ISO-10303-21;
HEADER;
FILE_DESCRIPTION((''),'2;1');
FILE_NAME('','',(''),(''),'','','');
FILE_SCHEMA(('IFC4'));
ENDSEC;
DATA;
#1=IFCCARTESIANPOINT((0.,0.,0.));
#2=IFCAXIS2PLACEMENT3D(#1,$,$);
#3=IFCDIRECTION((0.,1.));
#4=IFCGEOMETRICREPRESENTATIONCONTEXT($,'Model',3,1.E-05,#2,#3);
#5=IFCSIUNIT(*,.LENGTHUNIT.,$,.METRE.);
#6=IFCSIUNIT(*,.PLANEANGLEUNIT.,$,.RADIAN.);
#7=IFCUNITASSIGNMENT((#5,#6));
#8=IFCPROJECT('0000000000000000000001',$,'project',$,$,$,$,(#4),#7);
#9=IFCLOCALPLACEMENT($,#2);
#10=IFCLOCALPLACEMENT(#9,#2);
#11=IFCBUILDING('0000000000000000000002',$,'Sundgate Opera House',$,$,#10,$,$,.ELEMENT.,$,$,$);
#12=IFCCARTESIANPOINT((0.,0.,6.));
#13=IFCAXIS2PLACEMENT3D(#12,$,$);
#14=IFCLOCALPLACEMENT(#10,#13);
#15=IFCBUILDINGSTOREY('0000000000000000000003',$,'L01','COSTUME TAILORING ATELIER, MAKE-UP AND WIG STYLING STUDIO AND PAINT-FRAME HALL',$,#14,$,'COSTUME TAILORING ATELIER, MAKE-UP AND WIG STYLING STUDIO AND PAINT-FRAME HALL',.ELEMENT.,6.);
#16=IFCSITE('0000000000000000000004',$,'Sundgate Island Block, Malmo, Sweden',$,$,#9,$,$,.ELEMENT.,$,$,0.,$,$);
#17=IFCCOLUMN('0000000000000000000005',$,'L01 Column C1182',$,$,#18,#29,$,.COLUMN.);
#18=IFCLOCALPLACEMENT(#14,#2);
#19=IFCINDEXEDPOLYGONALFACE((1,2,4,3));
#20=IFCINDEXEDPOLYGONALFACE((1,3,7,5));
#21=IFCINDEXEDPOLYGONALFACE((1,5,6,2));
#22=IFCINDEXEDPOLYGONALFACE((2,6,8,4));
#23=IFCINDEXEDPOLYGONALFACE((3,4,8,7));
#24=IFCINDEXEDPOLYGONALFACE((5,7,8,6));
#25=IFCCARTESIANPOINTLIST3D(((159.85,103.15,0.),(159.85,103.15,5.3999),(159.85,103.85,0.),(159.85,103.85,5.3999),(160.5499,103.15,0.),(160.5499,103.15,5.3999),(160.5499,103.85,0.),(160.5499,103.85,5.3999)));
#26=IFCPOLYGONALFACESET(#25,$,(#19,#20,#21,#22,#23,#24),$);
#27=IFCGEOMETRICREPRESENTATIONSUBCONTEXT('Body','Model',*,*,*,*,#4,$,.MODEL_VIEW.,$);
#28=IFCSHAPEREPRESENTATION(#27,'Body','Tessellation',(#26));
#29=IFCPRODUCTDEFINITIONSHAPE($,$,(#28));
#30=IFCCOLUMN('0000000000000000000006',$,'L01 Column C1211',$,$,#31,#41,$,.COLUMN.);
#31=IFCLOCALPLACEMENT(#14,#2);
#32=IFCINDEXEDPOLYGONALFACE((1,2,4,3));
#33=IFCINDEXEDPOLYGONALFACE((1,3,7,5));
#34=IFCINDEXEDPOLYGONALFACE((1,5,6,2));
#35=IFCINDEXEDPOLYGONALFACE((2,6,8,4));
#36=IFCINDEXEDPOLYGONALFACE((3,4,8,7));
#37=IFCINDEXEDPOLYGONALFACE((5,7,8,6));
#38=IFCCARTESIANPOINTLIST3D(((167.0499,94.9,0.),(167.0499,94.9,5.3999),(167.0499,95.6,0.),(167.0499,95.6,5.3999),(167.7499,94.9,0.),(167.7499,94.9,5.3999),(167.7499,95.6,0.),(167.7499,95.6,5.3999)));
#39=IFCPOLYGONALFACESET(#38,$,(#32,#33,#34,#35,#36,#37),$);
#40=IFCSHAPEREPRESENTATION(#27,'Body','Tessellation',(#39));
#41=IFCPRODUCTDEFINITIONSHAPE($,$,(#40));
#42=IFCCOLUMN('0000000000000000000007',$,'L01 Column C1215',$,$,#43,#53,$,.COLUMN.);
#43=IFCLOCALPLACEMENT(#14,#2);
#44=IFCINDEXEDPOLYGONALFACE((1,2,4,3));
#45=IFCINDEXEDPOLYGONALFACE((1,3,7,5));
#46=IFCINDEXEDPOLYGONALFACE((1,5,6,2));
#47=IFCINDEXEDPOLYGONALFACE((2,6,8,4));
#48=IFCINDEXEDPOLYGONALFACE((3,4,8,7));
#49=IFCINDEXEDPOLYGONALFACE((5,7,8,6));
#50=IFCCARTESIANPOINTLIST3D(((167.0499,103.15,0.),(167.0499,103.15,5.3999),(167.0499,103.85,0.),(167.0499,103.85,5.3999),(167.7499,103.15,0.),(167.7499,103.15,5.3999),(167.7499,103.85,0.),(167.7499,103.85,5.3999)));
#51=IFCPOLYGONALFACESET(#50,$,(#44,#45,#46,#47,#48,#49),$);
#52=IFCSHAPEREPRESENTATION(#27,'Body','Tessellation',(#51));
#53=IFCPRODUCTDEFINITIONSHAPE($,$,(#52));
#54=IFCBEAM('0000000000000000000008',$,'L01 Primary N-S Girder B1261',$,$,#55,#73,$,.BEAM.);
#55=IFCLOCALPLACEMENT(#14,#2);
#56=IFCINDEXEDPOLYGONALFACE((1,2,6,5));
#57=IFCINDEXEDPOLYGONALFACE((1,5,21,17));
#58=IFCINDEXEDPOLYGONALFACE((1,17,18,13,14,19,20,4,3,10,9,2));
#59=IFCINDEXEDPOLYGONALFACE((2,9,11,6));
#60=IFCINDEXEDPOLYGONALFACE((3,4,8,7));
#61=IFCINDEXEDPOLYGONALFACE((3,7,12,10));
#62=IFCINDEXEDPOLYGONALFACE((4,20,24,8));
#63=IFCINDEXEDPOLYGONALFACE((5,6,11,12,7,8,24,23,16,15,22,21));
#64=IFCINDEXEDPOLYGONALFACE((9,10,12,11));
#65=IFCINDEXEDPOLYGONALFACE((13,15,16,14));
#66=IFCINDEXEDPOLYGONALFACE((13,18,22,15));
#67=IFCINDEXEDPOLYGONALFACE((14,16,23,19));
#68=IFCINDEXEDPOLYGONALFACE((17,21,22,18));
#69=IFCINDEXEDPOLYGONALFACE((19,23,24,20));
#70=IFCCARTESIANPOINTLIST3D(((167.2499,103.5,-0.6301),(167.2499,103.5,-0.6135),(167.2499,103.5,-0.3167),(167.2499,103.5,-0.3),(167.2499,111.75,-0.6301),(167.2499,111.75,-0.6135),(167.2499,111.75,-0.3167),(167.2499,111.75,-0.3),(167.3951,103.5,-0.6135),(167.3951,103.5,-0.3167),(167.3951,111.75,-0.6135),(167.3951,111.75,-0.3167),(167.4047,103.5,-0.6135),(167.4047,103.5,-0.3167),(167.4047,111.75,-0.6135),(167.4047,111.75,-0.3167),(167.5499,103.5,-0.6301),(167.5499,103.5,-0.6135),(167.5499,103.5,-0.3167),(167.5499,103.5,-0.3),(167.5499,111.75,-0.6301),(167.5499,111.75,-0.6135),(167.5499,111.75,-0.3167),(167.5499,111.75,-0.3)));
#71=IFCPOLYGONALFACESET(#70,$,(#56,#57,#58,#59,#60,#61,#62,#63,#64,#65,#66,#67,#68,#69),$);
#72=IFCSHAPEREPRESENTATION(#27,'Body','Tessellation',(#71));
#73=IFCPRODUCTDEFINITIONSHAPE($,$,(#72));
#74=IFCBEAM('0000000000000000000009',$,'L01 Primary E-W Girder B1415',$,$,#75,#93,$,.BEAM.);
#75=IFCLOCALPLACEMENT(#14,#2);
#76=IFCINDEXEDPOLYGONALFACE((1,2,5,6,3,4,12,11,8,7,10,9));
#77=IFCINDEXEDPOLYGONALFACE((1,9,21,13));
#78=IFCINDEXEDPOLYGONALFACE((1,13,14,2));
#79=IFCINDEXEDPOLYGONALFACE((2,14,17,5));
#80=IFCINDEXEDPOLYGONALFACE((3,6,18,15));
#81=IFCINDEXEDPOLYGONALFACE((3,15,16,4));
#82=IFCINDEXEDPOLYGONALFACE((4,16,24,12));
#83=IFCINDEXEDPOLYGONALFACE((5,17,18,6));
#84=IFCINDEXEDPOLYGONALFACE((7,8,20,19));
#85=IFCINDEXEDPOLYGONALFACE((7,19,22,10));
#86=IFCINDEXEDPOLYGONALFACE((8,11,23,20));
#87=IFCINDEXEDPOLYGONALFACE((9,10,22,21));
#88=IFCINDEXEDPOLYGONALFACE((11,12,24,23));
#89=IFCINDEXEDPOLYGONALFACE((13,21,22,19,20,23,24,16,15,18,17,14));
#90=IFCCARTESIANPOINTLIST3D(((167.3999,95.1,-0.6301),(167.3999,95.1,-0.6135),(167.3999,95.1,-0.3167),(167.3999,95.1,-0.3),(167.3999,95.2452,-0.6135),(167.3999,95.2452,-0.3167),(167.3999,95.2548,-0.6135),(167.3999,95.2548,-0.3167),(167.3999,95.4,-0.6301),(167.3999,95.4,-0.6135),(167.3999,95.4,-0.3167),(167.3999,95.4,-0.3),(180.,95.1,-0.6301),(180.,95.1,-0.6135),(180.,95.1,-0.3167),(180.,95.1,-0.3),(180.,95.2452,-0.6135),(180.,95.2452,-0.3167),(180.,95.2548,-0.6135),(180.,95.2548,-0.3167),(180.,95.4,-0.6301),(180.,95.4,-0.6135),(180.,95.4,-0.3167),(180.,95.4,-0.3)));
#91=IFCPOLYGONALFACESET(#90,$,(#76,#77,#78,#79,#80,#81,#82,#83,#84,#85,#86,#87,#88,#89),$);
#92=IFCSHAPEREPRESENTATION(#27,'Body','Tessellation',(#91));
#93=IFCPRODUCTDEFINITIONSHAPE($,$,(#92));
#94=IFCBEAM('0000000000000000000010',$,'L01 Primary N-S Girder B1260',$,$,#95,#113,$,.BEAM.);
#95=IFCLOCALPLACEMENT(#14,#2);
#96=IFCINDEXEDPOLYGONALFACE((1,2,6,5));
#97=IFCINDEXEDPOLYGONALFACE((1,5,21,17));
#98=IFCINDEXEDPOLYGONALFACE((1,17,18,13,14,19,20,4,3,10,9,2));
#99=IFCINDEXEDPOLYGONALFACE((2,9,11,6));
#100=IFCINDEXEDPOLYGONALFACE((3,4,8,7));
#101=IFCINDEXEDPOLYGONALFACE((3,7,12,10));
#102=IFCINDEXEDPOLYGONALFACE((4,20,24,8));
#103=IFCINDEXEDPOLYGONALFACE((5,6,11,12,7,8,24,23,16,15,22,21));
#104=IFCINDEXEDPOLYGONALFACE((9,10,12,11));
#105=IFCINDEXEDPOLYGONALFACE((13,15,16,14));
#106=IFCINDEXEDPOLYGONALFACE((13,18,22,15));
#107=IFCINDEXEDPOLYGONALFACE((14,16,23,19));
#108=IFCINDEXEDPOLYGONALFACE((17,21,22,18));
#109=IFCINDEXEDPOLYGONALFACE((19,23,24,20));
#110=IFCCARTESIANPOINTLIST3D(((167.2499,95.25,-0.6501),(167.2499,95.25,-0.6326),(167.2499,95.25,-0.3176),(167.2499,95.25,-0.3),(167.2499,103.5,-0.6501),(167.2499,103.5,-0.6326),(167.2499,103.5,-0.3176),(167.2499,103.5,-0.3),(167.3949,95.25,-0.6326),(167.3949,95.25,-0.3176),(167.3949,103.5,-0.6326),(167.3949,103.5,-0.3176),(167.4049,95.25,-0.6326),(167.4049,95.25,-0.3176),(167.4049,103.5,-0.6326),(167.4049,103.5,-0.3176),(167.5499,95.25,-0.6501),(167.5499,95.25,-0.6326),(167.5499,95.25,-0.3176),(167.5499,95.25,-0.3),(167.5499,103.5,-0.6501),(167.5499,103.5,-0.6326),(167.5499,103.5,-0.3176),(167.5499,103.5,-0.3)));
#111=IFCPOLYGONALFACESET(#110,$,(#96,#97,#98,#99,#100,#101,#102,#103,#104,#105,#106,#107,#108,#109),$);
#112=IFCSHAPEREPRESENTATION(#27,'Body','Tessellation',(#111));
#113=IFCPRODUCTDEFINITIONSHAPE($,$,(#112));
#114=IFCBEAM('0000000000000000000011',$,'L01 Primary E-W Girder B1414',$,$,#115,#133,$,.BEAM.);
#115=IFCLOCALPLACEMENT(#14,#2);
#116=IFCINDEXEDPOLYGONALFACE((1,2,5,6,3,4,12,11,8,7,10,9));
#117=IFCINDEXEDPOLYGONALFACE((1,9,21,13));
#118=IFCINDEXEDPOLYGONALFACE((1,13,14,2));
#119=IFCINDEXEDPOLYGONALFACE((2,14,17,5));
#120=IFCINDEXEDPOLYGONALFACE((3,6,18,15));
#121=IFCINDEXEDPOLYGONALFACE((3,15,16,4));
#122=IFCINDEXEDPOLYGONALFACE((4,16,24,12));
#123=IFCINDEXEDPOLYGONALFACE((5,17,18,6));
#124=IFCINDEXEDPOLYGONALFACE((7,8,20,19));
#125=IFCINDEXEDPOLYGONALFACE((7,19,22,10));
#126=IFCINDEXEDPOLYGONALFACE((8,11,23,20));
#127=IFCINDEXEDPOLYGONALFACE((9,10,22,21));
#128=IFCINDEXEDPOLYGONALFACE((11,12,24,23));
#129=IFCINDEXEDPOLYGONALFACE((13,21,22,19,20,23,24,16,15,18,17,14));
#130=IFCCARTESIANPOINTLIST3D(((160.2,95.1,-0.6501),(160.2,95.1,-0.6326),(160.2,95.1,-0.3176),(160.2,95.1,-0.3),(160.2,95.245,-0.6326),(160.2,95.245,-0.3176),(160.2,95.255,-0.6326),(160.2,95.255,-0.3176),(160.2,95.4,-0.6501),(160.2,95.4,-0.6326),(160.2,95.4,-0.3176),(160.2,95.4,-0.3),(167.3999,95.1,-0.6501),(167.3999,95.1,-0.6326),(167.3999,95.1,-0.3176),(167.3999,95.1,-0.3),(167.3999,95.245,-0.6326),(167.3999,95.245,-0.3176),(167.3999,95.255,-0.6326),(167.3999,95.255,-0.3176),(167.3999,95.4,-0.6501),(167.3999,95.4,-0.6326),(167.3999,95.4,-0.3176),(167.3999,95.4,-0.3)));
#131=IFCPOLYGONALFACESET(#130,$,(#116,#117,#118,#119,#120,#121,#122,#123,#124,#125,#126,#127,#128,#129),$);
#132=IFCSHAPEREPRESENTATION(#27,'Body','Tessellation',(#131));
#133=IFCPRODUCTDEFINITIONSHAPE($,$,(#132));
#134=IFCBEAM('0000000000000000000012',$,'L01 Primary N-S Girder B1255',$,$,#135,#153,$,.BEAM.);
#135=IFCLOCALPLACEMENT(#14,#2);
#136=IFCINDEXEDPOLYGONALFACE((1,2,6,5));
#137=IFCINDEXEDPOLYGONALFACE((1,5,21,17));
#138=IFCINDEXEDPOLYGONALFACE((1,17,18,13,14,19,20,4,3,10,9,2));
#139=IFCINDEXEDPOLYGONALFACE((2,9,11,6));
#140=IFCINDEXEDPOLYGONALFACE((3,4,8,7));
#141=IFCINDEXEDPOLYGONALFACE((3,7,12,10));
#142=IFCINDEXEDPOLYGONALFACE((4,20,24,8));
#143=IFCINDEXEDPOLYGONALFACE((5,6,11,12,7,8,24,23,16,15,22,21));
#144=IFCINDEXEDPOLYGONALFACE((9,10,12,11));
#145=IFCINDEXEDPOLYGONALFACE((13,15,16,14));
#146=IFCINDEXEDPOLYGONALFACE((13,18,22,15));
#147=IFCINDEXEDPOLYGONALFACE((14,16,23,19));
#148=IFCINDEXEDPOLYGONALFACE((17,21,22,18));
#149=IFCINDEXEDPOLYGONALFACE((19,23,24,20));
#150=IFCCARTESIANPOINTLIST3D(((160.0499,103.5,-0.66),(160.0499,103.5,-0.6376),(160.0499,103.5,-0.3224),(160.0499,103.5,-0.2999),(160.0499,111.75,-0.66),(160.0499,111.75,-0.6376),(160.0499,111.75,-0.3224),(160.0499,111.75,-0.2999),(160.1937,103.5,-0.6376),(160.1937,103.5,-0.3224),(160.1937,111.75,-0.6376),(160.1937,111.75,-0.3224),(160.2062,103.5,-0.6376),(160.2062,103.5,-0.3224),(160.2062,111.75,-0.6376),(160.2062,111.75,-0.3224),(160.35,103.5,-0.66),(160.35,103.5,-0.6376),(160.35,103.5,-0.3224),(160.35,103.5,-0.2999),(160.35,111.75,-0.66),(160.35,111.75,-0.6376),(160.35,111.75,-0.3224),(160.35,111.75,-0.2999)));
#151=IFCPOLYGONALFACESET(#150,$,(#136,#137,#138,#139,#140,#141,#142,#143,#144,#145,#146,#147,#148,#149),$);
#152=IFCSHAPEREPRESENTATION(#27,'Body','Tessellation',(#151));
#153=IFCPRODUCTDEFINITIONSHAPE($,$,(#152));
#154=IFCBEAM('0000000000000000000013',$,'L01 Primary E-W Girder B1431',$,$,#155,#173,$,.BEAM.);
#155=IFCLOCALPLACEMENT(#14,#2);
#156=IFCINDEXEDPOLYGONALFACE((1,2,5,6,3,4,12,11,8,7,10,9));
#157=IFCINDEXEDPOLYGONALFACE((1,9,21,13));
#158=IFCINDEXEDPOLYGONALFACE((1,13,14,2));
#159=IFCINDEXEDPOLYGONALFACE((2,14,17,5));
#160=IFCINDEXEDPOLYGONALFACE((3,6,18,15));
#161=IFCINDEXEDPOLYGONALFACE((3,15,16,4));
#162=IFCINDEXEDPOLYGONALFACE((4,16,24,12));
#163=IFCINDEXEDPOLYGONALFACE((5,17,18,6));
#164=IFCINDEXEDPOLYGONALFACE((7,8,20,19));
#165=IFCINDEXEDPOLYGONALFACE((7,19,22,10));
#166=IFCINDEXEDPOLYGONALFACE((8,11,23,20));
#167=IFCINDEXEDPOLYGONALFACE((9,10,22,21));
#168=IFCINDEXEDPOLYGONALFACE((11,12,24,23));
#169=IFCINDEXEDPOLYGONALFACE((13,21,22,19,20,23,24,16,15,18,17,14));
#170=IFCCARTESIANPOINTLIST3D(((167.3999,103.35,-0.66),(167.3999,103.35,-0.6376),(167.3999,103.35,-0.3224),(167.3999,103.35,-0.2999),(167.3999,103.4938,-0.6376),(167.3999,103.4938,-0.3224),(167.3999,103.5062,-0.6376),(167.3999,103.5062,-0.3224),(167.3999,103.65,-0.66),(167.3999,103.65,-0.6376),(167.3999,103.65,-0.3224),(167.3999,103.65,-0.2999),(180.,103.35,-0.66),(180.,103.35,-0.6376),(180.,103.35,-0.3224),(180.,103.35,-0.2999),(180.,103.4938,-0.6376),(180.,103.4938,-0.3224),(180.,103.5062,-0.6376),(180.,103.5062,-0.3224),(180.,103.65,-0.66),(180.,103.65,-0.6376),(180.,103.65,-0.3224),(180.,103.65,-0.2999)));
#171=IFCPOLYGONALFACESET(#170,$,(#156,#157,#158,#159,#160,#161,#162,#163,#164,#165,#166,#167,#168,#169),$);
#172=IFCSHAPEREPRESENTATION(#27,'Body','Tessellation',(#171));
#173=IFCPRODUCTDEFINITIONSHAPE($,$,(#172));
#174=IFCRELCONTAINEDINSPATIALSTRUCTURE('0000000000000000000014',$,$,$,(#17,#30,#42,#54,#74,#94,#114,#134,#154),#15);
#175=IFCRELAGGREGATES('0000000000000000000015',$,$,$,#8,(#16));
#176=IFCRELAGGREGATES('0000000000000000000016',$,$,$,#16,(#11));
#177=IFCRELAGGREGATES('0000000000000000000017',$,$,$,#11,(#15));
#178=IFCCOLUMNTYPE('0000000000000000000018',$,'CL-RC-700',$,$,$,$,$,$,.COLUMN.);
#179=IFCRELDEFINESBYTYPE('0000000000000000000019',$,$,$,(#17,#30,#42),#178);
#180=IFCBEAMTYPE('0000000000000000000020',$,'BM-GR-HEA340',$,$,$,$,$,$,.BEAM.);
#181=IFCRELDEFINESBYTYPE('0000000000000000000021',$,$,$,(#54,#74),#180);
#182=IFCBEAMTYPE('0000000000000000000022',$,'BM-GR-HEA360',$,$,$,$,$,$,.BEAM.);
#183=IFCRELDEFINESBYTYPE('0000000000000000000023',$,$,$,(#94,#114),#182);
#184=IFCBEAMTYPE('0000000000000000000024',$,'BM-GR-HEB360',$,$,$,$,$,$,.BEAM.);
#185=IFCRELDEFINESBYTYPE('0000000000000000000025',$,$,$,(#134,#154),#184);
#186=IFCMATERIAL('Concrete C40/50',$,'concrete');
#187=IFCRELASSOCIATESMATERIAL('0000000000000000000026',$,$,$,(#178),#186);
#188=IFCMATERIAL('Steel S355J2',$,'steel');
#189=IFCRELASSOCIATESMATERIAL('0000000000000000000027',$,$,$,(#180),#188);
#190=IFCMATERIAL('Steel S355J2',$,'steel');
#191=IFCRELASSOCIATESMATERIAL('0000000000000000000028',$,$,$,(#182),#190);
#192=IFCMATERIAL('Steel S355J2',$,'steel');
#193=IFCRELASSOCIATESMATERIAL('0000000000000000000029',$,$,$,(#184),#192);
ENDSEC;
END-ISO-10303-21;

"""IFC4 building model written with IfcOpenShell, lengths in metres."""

from ifc_helpers import new_model, si_unit, direction, frame, origin, origin_2d, place, context, subcontext, project, spatial, rectangle, i_section, extrude, material, material_profile, profile_set, type_object, element, save


model = new_model("IFC4")

# Units and contexts
model_context = context("Model", 3, precision=1e-05, world=origin(), true_north=direction((0.0, 1.0)))
body_context = subcontext(model_context, "Body", "Model", "MODEL_VIEW")
ifc_project = project(units=[si_unit("LENGTHUNIT", "METRE"), si_unit("PLANEANGLEUNIT", "RADIAN")], contexts=[model_context])

# Site, building, storey
site_placement = place(None, origin())
site = spatial("IfcSite", under=ifc_project, at=site_placement, Name="Sundgate Island Block, Malmo, Sweden", CompositionType="ELEMENT", RefElevation=0.0)
building_placement = place(site_placement, origin())
building = spatial("IfcBuilding", under=site, at=building_placement, Name="Sundgate Opera House", CompositionType="ELEMENT")
storey_placement = place(building_placement, frame((0.0, 0.0, 6.0)))
storey = spatial("IfcBuildingStorey", under=building, at=storey_placement, Name="L01", Description="COSTUME TAILORING ATELIER, MAKE-UP AND WIG STYLING STUDIO AND PAINT-FRAME HALL", LongName="COSTUME TAILORING ATELIER, MAKE-UP AND WIG STYLING STUDIO AND PAINT-FRAME HALL", CompositionType="ELEMENT", Elevation=6.0)

# Columns
ifc_material_1 = material(Name="Concrete C40/50", Category="concrete")
ifc_material_profile_1 = material_profile(ifc_material_1, rectangle(XDim=0.7, YDim=0.7, at=origin_2d()), Name="RC 700x700")
ifc_profile_set_1 = profile_set([ifc_material_profile_1], Name="Concrete C40/50")
column_type = type_object("IfcColumnType", Name="CL-RC-700", PredefinedType="COLUMN", material=ifc_profile_set_1)
for number, where, z_axis, x_axis, name in (
    (1, (160.2, 103.5, 0.0), (0.0, 0.0, 1.0), (1.0, 0.0, 0.0), "L01 Column C1182"),
    (2, (167.3999, 95.25, 0.0), (0.0, 0.0, 1.0), (1.0, 0.0, 0.0), "L01 Column C1211"),
    (3, (167.3999, 103.5, 0.0), (0.0, 0.0, 1.0), (1.0, 0.0, 0.0), "L01 Column C1215"),
):
    element("IfcColumn", number, at=place(storey_placement, frame(where, z_axis=z_axis, x_axis=x_axis)), inside=storey, type_object=column_type, Name=name, PredefinedType="COLUMN", context=body_context, shape_type="SweptSolid", body=[
        extrude(rectangle(XDim=0.7, YDim=0.7, at=origin_2d()), origin(), (0.0, 0.0, 1.0), 5.3999),
    ])

# Beams
ifc_material_2 = material(Name="Steel S355J2", Category="steel")
ifc_material_profile_2 = material_profile(ifc_material_2, i_section(OverallWidth=0.3, OverallDepth=0.3301, WebThickness=0.0095, FlangeThickness=0.0166, at=origin_2d()), Name="HEA 340")
ifc_profile_set_2 = profile_set([ifc_material_profile_2], Name="Steel S355J2")
beam_type_1 = type_object("IfcBeamType", Name="BM-GR-HEA340", PredefinedType="BEAM", material=ifc_profile_set_2)
beam_1_placement = place(storey_placement, frame((167.3999, 103.5, -0.4651), z_axis=(0.0, 1.0, 0.0), x_axis=(-1.0, 0.0, 0.0)))
element("IfcBeam", 4, at=beam_1_placement, inside=storey, type_object=beam_type_1, Name="L01 Primary N-S Girder B1261", PredefinedType="BEAM", context=body_context, shape_type="SweptSolid", body=[
    extrude(i_section(OverallWidth=0.3, OverallDepth=0.3301, WebThickness=0.0095, FlangeThickness=0.0166, at=origin_2d()), origin(), (0.0, 0.0, 1.0), 8.25),
])
beam_2_placement = place(storey_placement, frame((167.3999, 95.25, -0.4651), z_axis=(1.0, 0.0, 0.0), x_axis=(0.0, 1.0, 0.0)))
element("IfcBeam", 5, at=beam_2_placement, inside=storey, type_object=beam_type_1, Name="L01 Primary E-W Girder B1415", PredefinedType="BEAM", context=body_context, shape_type="SweptSolid", body=[
    extrude(i_section(OverallWidth=0.3, OverallDepth=0.3301, WebThickness=0.0095, FlangeThickness=0.0166, at=origin_2d()), origin(), (0.0, 0.0, 1.0), 12.6001),
])
ifc_material_3 = material(Name="Steel S355J2", Category="steel")
ifc_material_profile_3 = material_profile(ifc_material_3, i_section(OverallWidth=0.3, OverallDepth=0.3501, WebThickness=0.01, FlangeThickness=0.0176, at=origin_2d()), Name="HEA 360")
ifc_profile_set_3 = profile_set([ifc_material_profile_3], Name="Steel S355J2")
beam_type_2 = type_object("IfcBeamType", Name="BM-GR-HEA360", PredefinedType="BEAM", material=ifc_profile_set_3)
beam_3_placement = place(storey_placement, frame((167.3999, 95.25, -0.4751), z_axis=(0.0, 1.0, 0.0), x_axis=(-1.0, 0.0, 0.0)))
element("IfcBeam", 6, at=beam_3_placement, inside=storey, type_object=beam_type_2, Name="L01 Primary N-S Girder B1260", PredefinedType="BEAM", context=body_context, shape_type="SweptSolid", body=[
    extrude(i_section(OverallWidth=0.3, OverallDepth=0.3501, WebThickness=0.01, FlangeThickness=0.0176, at=origin_2d()), origin(), (0.0, 0.0, 1.0), 8.25),
])
beam_4_placement = place(storey_placement, frame((160.2, 95.25, -0.4751), z_axis=(1.0, 0.0, 0.0), x_axis=(0.0, 1.0, 0.0)))
element("IfcBeam", 7, at=beam_4_placement, inside=storey, type_object=beam_type_2, Name="L01 Primary E-W Girder B1414", PredefinedType="BEAM", context=body_context, shape_type="SweptSolid", body=[
    extrude(i_section(OverallWidth=0.3, OverallDepth=0.3501, WebThickness=0.01, FlangeThickness=0.0176, at=origin_2d()), origin(), (0.0, 0.0, 1.0), 7.2),
])
ifc_material_4 = material(Name="Steel S355J2", Category="steel")
ifc_material_profile_4 = material_profile(ifc_material_4, i_section(OverallWidth=0.3, OverallDepth=0.3601, WebThickness=0.0125, FlangeThickness=0.0225, at=origin_2d()), Name="HEB 360")
ifc_profile_set_4 = profile_set([ifc_material_profile_4], Name="Steel S355J2")
beam_type_3 = type_object("IfcBeamType", Name="BM-GR-HEB360", PredefinedType="BEAM", material=ifc_profile_set_4)
beam_5_placement = place(storey_placement, frame((160.2, 103.5, -0.48), z_axis=(0.0, 1.0, 0.0), x_axis=(-1.0, 0.0, 0.0)))
element("IfcBeam", 8, at=beam_5_placement, inside=storey, type_object=beam_type_3, Name="L01 Primary N-S Girder B1255", PredefinedType="BEAM", context=body_context, shape_type="SweptSolid", body=[
    extrude(i_section(OverallWidth=0.3, OverallDepth=0.3601, WebThickness=0.0125, FlangeThickness=0.0225, at=origin_2d()), origin(), (0.0, 0.0, 1.0), 8.25),
])
beam_6_placement = place(storey_placement, frame((167.3999, 103.5, -0.48), z_axis=(1.0, 0.0, 0.0), x_axis=(0.0, 1.0, 0.0)))
element("IfcBeam", 9, at=beam_6_placement, inside=storey, type_object=beam_type_3, Name="L01 Primary E-W Girder B1431", PredefinedType="BEAM", context=body_context, shape_type="SweptSolid", body=[
    extrude(i_section(OverallWidth=0.3, OverallDepth=0.3601, WebThickness=0.0125, FlangeThickness=0.0225, at=origin_2d()), origin(), (0.0, 0.0, 1.0), 12.6001),
])

save(model, "model.ifc")
